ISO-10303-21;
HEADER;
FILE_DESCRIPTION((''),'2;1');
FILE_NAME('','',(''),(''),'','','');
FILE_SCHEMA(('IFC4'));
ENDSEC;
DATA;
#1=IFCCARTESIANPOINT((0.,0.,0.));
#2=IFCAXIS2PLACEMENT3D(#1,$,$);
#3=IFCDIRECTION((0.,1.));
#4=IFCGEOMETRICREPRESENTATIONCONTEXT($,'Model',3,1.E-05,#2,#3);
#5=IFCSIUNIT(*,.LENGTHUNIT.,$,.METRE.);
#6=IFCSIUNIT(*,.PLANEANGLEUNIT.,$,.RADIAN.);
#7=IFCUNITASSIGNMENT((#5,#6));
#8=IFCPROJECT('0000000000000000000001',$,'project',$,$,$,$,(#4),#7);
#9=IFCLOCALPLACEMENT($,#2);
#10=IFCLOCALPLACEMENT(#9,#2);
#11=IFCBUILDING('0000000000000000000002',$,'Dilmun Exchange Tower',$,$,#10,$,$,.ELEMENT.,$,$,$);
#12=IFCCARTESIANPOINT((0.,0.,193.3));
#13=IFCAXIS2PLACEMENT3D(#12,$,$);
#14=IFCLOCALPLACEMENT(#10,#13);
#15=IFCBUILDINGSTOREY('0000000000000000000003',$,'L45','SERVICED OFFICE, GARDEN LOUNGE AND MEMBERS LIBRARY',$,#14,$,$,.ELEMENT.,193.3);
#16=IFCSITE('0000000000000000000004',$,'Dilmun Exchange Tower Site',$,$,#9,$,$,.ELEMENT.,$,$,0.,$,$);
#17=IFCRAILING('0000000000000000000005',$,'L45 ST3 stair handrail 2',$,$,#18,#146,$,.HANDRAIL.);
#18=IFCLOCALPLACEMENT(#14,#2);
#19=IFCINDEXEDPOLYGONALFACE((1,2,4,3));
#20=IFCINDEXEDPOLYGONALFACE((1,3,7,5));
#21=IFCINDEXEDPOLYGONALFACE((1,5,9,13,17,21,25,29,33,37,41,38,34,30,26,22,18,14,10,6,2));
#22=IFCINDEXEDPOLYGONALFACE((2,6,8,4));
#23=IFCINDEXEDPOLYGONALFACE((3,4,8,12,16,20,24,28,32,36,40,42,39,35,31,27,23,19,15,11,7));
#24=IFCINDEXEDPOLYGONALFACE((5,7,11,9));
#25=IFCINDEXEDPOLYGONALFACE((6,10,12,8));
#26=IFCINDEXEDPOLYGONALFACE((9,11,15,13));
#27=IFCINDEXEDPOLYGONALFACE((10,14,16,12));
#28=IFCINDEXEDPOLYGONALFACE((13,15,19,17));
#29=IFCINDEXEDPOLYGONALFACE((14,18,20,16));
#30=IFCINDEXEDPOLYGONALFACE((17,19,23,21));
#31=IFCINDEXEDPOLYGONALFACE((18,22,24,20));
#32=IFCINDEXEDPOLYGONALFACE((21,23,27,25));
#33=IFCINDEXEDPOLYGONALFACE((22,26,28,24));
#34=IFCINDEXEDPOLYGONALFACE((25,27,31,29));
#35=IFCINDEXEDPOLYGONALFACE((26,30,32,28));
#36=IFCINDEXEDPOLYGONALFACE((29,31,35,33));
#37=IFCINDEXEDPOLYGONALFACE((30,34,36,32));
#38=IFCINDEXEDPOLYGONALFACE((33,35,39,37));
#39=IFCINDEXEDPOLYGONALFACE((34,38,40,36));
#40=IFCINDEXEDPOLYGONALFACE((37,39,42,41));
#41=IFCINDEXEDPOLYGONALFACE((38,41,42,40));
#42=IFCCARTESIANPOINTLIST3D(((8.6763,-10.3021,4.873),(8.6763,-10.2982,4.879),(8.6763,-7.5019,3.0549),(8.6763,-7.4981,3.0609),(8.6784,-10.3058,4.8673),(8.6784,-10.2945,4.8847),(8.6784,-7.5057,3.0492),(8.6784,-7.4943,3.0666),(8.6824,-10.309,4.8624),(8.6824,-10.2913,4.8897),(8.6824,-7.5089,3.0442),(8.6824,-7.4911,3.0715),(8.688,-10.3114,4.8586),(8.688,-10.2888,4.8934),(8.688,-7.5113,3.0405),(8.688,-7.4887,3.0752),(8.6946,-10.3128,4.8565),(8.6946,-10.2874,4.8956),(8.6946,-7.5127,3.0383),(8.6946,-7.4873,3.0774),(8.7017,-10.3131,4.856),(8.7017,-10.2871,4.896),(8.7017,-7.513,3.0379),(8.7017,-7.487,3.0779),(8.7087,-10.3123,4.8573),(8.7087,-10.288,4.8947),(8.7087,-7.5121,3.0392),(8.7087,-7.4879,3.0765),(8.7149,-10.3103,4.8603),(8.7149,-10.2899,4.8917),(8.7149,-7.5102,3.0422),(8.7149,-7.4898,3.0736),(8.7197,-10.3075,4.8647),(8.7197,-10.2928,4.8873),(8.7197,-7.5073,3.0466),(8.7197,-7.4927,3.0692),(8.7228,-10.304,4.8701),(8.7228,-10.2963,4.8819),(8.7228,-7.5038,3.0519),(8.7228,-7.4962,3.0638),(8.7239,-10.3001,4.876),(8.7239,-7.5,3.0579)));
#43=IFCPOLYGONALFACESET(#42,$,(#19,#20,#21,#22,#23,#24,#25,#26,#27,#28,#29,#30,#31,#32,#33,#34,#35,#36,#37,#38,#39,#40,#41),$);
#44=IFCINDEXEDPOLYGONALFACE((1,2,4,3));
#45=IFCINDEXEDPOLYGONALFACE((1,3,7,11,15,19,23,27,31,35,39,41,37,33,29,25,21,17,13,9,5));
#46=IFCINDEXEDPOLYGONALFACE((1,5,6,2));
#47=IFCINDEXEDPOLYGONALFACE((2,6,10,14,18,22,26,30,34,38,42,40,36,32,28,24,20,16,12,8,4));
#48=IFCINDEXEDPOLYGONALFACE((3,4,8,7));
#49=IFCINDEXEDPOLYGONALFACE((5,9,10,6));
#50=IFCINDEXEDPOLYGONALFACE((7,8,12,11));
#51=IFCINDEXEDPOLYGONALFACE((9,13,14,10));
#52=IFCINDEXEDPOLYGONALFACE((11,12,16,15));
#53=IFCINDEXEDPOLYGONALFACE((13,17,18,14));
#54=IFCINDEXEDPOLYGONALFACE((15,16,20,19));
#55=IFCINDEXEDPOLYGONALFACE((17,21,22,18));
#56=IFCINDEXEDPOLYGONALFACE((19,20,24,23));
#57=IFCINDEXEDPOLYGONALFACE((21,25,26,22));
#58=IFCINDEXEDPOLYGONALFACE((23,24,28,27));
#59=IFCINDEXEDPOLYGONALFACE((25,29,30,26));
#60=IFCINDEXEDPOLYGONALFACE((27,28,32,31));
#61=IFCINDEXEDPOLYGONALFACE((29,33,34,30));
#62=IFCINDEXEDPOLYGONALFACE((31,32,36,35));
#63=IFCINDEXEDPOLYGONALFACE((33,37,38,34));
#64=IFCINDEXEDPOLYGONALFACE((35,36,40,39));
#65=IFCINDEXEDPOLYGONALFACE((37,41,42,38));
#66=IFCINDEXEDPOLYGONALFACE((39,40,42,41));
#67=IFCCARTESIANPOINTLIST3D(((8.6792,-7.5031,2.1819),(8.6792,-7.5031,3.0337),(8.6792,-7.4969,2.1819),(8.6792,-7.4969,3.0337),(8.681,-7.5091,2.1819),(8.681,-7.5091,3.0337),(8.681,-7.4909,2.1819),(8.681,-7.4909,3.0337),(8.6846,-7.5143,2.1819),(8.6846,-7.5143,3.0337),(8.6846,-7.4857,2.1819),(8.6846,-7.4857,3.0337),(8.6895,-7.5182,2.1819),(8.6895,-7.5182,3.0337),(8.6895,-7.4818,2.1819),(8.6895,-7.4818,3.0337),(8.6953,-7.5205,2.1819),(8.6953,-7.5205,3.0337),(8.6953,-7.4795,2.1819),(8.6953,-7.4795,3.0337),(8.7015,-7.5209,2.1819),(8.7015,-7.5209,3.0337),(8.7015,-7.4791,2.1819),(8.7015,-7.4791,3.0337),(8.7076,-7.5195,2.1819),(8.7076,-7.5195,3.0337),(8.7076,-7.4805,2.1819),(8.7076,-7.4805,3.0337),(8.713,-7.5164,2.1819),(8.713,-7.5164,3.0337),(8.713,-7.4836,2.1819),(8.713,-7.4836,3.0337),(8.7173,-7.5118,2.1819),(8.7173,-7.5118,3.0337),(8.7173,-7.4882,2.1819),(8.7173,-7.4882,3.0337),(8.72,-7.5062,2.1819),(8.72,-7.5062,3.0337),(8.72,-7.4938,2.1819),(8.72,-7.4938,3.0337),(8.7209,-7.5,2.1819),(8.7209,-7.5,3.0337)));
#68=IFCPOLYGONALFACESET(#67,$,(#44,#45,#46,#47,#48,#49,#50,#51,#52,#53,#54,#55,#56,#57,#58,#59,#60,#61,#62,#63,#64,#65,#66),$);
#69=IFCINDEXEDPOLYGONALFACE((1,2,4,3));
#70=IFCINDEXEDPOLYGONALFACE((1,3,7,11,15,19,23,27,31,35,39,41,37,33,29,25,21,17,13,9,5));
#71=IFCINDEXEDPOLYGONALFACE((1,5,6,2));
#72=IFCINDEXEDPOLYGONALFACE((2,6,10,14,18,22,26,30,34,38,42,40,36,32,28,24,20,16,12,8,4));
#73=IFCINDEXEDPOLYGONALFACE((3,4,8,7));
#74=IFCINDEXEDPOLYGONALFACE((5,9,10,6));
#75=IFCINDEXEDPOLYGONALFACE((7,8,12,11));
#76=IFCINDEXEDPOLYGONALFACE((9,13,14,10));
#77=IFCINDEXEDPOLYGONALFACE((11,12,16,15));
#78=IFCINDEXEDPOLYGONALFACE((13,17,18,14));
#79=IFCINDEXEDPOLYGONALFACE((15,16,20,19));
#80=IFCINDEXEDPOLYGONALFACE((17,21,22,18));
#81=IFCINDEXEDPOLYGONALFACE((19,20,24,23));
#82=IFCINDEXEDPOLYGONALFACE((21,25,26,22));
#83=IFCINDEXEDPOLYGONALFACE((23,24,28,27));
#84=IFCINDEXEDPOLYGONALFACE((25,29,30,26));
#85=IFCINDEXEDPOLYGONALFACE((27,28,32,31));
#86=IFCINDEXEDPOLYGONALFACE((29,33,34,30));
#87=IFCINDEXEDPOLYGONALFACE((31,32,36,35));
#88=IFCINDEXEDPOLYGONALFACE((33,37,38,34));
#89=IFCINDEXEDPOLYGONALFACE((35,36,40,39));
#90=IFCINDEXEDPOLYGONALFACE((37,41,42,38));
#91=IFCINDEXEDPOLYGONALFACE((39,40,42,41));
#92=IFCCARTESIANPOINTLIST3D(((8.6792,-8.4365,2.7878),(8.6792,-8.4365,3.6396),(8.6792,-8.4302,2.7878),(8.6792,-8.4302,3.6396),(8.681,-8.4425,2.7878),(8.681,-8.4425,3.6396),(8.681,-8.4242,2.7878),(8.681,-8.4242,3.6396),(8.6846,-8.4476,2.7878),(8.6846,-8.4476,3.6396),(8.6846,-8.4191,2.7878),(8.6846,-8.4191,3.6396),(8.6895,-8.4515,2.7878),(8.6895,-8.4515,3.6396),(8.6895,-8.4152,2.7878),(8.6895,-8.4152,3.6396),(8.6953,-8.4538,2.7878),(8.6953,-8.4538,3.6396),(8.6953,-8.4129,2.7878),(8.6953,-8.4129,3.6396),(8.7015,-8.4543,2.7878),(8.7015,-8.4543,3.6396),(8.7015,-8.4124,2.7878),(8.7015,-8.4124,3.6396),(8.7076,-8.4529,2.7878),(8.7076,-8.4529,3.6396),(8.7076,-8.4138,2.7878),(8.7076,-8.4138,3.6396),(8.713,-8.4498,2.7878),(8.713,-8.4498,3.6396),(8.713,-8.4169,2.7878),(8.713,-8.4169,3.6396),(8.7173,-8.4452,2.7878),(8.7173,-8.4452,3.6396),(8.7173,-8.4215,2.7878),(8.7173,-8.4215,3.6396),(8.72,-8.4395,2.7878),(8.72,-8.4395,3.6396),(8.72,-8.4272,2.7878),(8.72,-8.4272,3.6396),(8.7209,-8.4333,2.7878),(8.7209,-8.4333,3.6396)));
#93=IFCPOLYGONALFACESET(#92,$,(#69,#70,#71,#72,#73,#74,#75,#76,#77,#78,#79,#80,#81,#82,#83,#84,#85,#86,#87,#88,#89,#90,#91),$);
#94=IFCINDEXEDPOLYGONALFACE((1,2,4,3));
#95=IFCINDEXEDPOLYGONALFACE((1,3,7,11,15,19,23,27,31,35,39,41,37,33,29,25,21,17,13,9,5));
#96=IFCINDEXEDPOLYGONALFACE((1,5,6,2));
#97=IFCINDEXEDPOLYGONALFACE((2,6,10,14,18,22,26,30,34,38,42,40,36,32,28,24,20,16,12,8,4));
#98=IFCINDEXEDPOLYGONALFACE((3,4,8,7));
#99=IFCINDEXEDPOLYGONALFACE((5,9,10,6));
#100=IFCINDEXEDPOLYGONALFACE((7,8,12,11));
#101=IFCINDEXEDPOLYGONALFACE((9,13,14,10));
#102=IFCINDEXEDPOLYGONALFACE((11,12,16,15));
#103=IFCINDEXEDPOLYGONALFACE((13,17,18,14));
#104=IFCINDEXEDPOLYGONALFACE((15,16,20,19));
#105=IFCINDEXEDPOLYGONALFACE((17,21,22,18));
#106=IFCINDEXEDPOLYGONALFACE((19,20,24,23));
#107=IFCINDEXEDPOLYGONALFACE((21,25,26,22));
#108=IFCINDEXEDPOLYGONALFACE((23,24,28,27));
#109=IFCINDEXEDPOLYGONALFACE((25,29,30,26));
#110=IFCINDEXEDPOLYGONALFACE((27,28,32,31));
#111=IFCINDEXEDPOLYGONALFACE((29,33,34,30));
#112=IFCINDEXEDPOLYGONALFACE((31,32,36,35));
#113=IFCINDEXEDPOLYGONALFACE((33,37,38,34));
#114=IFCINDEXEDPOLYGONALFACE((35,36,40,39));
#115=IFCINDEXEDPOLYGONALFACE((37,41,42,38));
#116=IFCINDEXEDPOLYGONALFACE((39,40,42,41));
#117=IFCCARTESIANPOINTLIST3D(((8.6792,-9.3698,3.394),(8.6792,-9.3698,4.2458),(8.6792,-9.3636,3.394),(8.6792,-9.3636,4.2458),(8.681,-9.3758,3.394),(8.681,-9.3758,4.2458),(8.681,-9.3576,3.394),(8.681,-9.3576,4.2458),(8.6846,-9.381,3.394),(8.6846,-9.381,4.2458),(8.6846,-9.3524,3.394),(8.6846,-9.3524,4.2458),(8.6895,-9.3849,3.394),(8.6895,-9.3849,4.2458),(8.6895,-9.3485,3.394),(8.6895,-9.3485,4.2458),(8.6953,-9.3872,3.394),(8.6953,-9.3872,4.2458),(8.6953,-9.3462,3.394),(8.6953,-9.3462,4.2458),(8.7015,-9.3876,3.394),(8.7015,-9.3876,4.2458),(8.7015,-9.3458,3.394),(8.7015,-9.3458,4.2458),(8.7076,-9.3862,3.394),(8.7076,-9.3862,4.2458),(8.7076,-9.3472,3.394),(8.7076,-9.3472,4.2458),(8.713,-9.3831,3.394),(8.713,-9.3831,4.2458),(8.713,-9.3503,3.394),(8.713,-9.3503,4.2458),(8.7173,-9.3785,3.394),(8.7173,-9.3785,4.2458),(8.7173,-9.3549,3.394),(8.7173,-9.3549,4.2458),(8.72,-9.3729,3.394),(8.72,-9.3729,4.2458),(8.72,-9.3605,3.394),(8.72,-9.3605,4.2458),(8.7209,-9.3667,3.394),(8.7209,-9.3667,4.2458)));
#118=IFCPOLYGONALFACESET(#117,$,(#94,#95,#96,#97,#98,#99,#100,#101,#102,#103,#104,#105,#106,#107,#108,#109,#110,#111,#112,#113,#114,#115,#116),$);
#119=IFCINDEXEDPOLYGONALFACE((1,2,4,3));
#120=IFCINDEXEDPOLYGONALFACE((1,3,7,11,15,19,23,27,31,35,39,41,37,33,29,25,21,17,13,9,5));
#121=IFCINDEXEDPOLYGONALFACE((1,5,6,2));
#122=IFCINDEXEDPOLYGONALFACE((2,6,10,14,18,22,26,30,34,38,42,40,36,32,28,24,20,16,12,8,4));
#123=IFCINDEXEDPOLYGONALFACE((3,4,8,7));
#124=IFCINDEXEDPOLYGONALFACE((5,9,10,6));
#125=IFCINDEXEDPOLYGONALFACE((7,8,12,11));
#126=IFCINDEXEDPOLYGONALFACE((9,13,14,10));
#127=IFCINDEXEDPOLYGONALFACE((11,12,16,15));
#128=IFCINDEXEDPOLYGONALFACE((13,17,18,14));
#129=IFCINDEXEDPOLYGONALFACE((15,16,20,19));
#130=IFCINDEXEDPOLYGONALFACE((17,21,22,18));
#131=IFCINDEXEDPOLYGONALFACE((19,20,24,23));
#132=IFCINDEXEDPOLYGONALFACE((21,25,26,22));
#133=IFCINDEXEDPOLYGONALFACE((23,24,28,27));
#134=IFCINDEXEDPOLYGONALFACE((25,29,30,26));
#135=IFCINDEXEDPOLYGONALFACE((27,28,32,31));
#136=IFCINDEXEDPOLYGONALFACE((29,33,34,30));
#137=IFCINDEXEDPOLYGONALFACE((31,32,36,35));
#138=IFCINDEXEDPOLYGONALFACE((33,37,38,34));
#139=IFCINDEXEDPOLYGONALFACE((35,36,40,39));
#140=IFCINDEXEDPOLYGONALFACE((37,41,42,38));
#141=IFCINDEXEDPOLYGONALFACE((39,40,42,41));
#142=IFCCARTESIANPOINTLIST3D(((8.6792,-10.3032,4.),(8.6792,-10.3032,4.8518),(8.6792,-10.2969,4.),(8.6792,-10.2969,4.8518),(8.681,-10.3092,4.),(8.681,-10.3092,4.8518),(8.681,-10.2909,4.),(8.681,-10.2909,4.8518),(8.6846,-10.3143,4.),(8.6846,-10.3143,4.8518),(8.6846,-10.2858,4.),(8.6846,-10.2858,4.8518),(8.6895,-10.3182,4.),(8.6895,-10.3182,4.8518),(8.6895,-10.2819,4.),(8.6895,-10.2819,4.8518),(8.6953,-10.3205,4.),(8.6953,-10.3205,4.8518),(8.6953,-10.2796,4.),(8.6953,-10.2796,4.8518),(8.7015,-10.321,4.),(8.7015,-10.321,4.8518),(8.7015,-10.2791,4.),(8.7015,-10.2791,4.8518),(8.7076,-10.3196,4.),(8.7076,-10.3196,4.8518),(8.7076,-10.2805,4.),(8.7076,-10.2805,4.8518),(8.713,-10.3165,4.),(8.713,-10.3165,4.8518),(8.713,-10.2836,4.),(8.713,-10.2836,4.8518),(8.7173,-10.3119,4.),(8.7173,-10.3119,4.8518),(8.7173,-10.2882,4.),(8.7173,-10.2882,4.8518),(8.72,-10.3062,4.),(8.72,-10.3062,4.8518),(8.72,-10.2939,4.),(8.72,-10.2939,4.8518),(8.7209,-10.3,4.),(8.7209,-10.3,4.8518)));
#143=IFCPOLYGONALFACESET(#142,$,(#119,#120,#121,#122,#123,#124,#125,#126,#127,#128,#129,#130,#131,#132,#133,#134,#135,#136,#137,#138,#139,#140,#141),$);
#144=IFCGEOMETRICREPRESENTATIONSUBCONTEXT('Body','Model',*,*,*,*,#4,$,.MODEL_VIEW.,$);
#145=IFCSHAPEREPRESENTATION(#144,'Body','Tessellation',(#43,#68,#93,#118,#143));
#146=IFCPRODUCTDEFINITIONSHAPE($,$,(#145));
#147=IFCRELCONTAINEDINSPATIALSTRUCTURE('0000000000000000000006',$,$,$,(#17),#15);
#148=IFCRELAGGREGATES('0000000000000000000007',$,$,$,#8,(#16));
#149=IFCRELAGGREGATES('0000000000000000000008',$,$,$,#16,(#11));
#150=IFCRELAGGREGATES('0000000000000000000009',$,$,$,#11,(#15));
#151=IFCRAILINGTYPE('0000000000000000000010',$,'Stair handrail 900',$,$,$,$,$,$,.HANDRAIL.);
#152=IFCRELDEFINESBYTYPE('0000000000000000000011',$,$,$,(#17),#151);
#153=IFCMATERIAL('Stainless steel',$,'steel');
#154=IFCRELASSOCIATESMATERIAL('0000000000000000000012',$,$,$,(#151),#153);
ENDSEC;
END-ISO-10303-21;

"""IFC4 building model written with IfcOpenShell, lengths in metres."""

from ifc_helpers import new_model, si_unit, direction, frame, origin, origin_2d, place, context, subcontext, project, spatial, circle, extrude, material, type_object, element, save


model = new_model("IFC4")

# Units and contexts
model_context = context("Model", 3, precision=1e-05, world=origin(), true_north=direction((0.0, 1.0)))
body_context = subcontext(model_context, "Body", "Model", "MODEL_VIEW")
ifc_project = project(units=[si_unit("LENGTHUNIT", "METRE"), si_unit("PLANEANGLEUNIT", "RADIAN")], contexts=[model_context])

# Site, building, storey
site_placement = place(None, origin())
site = spatial("IfcSite", under=ifc_project, at=site_placement, Name="Dilmun Exchange Tower Site", CompositionType="ELEMENT", RefElevation=0.0)
building_placement = place(site_placement, origin())
building = spatial("IfcBuilding", under=site, at=building_placement, Name="Dilmun Exchange Tower", CompositionType="ELEMENT")
storey_placement = place(building_placement, frame((0.0, 0.0, 193.3)))
storey = spatial("IfcBuildingStorey", under=building, at=storey_placement, Name="L45", Description="SERVICED OFFICE, GARDEN LOUNGE AND MEMBERS LIBRARY", CompositionType="ELEMENT", Elevation=193.3)

# Railing
ifc_material_1 = material(Name="Stainless steel", Category="steel")
railing_type = type_object("IfcRailingType", Name="Stair handrail 900", PredefinedType="HANDRAIL", material=ifc_material_1)
railing_placement = place(storey_placement, frame((8.7, -7.5, 2.1819)))
element("IfcRailing", 1, at=railing_placement, inside=storey, type_object=railing_type, Name="L45 ST3 stair handrail 2", PredefinedType="HANDRAIL", context=body_context, shape_type="SweptSolid", body=[
    extrude(circle(Radius=0.0239, at=origin_2d()), frame((0.0, 0.0, 0.876), z_axis=(0.0, -0.838706, 0.544585), x_axis=(1.0, 0.0, 0.0)), (0.0, 0.0, 1.0), 3.3386),
    extrude(circle(Radius=0.021, at=origin_2d()), origin(), (0.0, 0.0, 1.0), 0.8518),
    extrude(circle(Radius=0.021, at=origin_2d()), frame((0.0, -0.9333, 0.606)), (0.0, 0.0, 1.0), 0.8518),
    extrude(circle(Radius=0.021, at=origin_2d()), frame((0.0, -1.8667, 1.2122)), (0.0, 0.0, 1.0), 0.8518),
    extrude(circle(Radius=0.021, at=origin_2d()), frame((0.0, -2.8, 1.8181)), (0.0, 0.0, 1.0), 0.8518),
])

save(model, "model.ifc")
